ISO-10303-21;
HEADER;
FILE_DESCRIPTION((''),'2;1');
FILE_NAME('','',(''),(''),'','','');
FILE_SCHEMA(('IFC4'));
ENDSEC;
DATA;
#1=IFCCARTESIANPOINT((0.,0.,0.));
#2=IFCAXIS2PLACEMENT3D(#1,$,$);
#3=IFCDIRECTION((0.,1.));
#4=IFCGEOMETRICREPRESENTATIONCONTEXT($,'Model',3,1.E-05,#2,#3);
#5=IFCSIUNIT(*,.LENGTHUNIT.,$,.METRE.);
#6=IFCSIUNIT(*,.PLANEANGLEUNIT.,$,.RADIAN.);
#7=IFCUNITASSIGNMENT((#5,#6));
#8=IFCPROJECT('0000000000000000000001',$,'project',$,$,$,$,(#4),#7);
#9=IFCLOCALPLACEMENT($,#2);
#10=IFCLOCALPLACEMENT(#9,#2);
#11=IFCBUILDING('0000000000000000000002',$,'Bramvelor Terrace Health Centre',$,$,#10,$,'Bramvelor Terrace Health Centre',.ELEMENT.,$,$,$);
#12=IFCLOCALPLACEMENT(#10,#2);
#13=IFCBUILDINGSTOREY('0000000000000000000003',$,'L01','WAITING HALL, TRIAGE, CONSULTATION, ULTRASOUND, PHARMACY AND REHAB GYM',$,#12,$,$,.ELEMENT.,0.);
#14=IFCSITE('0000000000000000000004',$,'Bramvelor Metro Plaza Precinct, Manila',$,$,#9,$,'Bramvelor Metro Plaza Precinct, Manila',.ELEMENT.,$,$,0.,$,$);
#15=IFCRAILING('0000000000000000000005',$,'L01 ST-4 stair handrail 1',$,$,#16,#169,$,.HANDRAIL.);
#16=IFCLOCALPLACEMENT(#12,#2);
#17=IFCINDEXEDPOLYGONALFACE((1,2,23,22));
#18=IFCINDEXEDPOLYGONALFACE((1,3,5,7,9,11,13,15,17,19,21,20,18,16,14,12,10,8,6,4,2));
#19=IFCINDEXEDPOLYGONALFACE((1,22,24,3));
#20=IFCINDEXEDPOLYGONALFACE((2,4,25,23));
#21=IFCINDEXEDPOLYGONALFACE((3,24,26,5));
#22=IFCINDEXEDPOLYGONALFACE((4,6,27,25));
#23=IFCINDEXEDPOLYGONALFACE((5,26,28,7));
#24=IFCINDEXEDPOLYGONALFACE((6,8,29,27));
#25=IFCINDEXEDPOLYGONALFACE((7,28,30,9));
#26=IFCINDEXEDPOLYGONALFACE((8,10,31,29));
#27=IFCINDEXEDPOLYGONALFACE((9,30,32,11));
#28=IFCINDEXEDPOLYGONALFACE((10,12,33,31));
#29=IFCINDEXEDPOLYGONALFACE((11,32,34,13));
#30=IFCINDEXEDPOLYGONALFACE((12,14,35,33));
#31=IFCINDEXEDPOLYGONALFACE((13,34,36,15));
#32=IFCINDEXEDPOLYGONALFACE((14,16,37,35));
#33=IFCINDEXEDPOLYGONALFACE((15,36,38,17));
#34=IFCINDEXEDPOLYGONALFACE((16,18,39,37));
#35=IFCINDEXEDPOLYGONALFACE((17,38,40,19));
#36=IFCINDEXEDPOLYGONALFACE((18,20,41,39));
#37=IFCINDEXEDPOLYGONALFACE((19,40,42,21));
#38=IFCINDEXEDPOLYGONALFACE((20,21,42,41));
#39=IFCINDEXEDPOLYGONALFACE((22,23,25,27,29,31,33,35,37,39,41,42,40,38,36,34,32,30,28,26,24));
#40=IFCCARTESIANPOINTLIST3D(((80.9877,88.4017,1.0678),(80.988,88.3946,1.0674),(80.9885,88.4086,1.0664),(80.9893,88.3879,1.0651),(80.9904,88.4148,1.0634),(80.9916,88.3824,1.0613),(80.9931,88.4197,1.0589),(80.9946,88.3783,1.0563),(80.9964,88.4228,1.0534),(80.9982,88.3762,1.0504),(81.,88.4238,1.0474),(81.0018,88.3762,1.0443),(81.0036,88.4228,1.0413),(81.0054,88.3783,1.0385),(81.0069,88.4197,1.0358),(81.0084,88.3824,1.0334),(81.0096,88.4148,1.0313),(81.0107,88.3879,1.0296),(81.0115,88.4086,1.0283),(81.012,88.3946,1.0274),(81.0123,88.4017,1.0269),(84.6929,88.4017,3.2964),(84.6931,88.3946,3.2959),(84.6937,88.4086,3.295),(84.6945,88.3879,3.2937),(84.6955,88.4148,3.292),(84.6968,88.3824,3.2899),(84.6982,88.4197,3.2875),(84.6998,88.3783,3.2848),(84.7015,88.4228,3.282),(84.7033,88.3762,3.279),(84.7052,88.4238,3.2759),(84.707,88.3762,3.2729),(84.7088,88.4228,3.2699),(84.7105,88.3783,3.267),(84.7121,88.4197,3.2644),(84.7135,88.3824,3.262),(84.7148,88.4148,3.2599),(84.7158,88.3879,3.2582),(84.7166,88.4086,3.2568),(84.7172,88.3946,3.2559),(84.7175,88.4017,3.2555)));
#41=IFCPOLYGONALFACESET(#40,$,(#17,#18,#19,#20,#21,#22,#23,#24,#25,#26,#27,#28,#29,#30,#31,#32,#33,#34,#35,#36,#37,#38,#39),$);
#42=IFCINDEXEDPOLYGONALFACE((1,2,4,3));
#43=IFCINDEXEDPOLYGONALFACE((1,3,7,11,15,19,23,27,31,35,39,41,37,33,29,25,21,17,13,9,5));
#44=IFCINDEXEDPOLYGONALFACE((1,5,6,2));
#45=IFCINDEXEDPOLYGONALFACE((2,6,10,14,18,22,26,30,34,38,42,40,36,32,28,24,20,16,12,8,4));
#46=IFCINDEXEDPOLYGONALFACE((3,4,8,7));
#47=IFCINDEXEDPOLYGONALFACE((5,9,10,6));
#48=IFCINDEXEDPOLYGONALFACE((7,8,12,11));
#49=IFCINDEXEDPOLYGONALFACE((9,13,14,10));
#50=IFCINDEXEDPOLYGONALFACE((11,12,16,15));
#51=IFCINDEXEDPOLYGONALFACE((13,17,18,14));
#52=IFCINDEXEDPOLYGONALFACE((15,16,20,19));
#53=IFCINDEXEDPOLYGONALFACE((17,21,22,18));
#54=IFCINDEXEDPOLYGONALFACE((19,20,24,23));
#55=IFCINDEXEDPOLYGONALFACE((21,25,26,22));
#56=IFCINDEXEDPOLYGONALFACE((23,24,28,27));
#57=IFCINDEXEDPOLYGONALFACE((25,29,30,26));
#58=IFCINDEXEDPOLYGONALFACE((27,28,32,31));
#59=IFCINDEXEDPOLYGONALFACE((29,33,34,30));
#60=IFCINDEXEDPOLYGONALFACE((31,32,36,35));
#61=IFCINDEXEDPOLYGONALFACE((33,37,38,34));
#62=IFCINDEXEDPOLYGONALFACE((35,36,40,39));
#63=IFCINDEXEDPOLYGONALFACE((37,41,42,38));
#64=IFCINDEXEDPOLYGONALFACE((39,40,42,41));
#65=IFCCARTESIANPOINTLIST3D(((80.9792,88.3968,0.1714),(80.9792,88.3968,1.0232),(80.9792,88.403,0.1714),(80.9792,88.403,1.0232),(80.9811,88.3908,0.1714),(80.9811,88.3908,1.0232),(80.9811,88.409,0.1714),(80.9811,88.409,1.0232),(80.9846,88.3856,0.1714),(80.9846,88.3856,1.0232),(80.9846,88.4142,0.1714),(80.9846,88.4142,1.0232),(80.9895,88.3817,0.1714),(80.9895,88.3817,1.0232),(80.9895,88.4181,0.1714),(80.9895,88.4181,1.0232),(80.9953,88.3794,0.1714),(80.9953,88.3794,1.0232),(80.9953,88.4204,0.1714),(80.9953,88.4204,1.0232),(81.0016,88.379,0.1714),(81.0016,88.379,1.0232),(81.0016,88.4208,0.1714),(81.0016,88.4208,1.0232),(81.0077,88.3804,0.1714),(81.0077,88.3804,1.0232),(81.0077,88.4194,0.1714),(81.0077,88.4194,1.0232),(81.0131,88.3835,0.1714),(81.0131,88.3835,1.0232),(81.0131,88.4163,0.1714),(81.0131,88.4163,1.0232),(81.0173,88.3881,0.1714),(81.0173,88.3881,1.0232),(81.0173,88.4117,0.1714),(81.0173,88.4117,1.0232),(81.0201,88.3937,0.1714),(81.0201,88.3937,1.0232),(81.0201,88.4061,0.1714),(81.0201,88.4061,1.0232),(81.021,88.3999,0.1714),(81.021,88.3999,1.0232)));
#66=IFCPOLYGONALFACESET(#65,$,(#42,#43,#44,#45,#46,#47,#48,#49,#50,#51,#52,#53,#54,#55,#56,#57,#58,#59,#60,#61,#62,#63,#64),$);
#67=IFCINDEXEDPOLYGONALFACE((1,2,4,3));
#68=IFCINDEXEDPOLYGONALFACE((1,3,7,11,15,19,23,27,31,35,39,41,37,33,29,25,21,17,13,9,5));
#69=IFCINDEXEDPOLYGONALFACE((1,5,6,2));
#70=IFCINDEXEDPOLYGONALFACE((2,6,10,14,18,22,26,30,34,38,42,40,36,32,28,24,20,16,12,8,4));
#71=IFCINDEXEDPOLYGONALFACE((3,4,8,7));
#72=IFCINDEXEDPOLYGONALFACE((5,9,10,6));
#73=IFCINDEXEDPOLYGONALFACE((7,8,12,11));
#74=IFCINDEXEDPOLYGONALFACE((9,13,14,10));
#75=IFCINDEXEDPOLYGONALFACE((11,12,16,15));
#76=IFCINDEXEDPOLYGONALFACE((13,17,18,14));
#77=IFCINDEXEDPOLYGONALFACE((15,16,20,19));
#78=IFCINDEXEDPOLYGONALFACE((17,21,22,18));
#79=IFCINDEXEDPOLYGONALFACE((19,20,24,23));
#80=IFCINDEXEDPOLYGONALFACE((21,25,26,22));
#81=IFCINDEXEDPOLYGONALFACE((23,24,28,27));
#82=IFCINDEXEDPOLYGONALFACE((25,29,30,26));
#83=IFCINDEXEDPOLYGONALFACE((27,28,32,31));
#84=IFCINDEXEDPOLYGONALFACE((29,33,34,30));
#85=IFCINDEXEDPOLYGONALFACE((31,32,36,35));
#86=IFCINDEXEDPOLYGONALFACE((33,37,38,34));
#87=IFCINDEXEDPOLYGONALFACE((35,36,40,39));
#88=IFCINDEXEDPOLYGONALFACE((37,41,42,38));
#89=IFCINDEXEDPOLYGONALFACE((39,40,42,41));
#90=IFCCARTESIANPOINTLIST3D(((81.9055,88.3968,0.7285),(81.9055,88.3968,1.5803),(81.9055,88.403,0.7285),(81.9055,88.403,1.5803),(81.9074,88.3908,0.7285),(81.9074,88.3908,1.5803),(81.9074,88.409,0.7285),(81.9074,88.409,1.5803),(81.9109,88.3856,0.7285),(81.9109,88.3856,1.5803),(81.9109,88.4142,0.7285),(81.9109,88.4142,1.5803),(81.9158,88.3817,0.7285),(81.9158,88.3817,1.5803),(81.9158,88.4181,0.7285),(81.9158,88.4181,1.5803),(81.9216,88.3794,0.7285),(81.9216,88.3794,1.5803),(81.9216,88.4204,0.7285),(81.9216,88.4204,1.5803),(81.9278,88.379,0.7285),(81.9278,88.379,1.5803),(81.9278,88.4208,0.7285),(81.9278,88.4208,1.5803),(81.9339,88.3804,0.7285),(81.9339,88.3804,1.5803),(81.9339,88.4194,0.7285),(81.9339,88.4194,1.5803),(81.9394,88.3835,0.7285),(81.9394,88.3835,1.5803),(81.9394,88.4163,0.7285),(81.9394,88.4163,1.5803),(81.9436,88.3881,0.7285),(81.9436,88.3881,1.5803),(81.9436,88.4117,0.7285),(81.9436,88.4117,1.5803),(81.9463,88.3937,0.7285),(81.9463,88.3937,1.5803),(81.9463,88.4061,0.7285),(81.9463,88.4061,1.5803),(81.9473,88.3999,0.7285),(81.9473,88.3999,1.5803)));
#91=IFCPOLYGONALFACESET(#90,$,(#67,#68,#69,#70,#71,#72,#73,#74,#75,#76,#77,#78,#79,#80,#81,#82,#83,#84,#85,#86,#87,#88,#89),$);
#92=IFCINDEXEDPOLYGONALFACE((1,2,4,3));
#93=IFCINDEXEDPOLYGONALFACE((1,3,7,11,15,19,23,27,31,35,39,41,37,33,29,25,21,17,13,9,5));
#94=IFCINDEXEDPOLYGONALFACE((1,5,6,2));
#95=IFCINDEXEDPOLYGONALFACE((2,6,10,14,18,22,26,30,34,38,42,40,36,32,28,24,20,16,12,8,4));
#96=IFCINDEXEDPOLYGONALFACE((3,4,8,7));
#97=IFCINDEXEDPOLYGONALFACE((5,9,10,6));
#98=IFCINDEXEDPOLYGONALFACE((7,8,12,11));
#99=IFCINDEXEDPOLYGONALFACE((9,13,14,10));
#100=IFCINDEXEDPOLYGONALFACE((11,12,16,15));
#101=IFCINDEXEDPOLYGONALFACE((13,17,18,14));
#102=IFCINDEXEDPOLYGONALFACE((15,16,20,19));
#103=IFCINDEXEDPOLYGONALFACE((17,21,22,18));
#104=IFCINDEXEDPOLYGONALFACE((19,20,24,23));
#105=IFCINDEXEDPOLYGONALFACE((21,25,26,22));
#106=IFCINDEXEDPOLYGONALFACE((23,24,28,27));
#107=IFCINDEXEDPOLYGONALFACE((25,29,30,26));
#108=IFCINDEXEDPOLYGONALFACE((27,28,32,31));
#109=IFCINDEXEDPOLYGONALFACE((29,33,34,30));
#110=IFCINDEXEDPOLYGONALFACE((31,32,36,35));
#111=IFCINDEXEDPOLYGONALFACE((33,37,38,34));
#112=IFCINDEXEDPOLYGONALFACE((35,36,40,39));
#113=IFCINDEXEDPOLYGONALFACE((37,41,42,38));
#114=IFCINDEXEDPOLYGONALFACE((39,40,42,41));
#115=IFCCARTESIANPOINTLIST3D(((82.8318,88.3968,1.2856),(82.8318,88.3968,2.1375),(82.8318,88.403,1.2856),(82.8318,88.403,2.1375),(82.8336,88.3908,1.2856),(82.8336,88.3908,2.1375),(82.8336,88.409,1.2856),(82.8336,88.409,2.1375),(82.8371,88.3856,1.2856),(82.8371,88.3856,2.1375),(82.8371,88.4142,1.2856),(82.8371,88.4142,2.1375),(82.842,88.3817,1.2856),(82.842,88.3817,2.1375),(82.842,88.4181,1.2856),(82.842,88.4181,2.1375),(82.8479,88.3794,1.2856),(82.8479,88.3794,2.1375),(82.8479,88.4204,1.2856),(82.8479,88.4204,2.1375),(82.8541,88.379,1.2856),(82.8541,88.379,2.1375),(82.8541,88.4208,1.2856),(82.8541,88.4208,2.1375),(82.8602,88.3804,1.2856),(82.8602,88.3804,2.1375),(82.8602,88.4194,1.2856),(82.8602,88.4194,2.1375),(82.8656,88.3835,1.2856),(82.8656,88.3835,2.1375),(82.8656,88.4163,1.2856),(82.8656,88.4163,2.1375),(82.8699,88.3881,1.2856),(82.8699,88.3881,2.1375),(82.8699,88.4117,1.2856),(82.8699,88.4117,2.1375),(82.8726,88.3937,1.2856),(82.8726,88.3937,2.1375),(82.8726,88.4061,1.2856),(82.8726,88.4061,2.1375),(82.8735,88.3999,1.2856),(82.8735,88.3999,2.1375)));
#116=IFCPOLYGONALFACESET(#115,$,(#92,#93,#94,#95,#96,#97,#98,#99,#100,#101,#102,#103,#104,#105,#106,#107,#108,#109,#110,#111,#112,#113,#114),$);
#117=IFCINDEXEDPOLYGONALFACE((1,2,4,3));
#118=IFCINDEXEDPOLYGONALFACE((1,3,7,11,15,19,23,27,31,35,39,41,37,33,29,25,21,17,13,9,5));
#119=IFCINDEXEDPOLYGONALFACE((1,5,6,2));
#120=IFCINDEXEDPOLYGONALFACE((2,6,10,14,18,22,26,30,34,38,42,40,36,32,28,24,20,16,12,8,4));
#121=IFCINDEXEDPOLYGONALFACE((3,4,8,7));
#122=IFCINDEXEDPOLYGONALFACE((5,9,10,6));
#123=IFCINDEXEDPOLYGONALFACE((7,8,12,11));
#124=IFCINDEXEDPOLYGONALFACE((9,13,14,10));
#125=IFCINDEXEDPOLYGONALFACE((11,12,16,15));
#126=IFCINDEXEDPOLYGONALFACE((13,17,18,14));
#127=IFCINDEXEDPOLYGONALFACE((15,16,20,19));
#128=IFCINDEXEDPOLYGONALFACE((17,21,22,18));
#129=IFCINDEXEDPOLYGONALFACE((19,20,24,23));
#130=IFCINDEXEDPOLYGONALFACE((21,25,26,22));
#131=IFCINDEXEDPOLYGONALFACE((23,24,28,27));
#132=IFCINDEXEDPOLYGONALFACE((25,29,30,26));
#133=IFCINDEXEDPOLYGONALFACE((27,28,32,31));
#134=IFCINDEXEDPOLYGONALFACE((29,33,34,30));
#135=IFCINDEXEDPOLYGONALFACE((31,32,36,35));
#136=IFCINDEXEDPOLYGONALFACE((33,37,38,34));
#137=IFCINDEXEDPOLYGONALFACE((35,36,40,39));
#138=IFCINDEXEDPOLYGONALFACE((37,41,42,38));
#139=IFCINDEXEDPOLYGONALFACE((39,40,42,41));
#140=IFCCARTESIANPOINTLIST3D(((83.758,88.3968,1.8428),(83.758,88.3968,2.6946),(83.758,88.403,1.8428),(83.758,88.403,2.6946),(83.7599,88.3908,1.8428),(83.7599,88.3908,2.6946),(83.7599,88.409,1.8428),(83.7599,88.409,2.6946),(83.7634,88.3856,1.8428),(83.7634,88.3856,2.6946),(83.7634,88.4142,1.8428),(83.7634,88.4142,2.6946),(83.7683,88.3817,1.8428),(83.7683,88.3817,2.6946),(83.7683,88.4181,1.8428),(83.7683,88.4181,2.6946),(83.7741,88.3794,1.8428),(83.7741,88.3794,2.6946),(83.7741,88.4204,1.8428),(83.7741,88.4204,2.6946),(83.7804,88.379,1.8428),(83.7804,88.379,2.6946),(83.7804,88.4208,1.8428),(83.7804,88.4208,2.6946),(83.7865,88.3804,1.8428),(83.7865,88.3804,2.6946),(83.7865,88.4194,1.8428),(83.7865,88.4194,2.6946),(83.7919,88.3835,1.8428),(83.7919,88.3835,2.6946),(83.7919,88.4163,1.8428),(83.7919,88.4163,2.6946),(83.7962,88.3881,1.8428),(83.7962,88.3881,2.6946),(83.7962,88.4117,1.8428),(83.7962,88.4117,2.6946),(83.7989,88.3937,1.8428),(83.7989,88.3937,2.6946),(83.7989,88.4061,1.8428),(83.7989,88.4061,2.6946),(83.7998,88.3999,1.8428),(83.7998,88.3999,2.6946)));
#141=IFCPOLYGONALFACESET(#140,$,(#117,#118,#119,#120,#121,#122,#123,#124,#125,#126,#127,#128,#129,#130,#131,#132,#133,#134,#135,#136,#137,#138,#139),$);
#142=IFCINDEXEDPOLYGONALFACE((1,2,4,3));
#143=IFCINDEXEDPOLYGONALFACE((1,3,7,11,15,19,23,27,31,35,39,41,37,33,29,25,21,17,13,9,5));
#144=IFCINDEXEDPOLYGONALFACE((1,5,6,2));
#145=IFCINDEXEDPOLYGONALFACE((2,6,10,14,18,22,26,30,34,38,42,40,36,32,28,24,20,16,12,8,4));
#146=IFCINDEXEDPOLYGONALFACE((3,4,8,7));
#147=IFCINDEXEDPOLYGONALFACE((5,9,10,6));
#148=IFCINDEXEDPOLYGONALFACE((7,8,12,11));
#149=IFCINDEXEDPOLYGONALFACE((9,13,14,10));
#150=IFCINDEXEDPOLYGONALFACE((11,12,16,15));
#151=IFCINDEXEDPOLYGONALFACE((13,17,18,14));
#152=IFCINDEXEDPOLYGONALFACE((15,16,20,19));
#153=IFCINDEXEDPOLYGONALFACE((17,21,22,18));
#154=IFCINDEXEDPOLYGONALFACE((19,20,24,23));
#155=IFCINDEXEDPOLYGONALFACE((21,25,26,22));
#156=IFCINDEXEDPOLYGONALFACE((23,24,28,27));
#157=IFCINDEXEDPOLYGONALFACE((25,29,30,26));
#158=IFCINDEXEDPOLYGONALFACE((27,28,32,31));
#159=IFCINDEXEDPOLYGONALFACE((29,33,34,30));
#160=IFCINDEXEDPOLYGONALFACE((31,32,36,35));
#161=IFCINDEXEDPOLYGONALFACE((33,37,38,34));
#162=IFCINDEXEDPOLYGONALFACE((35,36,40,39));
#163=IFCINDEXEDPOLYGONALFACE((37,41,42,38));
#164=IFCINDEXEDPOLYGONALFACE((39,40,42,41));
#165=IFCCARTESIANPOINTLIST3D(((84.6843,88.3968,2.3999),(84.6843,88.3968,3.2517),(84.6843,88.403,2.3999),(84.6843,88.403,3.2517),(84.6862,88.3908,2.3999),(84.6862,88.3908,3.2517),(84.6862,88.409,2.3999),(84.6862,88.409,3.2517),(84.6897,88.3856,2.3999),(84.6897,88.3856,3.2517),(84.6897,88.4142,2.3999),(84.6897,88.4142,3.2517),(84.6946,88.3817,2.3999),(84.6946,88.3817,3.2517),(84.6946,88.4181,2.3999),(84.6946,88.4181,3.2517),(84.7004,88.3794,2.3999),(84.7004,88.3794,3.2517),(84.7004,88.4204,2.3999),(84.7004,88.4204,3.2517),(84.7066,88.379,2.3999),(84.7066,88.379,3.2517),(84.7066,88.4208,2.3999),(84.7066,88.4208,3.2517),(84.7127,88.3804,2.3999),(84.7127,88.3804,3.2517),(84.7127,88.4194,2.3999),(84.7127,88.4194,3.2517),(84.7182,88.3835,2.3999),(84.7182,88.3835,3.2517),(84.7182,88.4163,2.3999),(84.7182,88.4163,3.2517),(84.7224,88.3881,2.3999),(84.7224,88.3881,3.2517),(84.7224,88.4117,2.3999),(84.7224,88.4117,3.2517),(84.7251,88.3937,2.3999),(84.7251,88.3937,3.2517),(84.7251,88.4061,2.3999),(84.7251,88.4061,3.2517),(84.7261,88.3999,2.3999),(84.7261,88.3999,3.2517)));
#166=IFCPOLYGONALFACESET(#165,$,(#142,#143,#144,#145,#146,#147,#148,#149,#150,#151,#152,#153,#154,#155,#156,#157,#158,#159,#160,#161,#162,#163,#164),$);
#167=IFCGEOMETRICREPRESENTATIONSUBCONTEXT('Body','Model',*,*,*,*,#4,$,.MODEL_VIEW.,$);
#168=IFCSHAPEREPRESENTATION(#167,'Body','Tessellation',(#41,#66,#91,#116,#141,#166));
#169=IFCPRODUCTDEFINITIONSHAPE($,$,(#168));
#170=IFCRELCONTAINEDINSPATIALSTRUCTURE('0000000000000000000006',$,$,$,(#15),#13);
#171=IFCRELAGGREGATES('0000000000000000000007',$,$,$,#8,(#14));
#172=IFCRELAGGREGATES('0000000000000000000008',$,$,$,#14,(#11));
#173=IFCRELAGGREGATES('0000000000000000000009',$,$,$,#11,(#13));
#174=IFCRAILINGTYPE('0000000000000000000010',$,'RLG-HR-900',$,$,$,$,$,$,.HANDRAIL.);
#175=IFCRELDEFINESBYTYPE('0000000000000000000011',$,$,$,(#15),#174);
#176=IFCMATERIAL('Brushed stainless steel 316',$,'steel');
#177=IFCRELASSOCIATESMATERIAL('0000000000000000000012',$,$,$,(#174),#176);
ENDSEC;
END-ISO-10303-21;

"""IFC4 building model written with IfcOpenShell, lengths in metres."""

from ifc_helpers import new_model, si_unit, direction, frame, origin, origin_2d, place, context, subcontext, project, spatial, circle, extrude, material, type_object, element, save


model = new_model("IFC4")

# Units and contexts
model_context = context("Model", 3, precision=1e-05, world=origin(), true_north=direction((0.0, 1.0)))
body_context = subcontext(model_context, "Body", "Model", "MODEL_VIEW")
ifc_project = project(units=[si_unit("LENGTHUNIT", "METRE"), si_unit("PLANEANGLEUNIT", "RADIAN")], contexts=[model_context])

# Site, building, storey
site_placement = place(None, origin())
site = spatial("IfcSite", under=ifc_project, at=site_placement, Name="Bramvelor Metro Plaza Precinct, Manila", LongName="Bramvelor Metro Plaza Precinct, Manila", CompositionType="ELEMENT", RefElevation=0.0)
building_placement = place(site_placement, origin())
building = spatial("IfcBuilding", under=site, at=building_placement, Name="Bramvelor Terrace Health Centre", LongName="Bramvelor Terrace Health Centre", CompositionType="ELEMENT")
storey_placement = place(building_placement, origin())
storey = spatial("IfcBuildingStorey", under=building, at=storey_placement, Name="L01", Description="WAITING HALL, TRIAGE, CONSULTATION, ULTRASOUND, PHARMACY AND REHAB GYM", CompositionType="ELEMENT", Elevation=0.0)

# Railing
ifc_material_1 = material(Name="Brushed stainless steel 316", Category="steel")
railing_type_1 = type_object("IfcRailingType", Name="RLG-HR-900", PredefinedType="HANDRAIL", material=ifc_material_1)
railing_1_placement = place(storey_placement, frame((81.0, 88.3999, 0.1714)))
element("IfcRailing", 1, at=railing_1_placement, inside=storey, type_object=railing_type_1, Name="L01 ST-4 stair handrail 1", PredefinedType="HANDRAIL", context=body_context, shape_type="SweptSolid", body=[
    extrude(circle(Radius=0.0239, at=origin_2d()), frame((0.0, 0.0, 0.876), z_axis=(0.856934, 0.0, 0.515425), x_axis=(0.0, 1.0, 0.0)), (0.0, 0.0, 1.0), 4.3237),
    extrude(circle(Radius=0.021, at=origin_2d()), origin(), (0.0, 0.0, 1.0), 0.8518),
    extrude(circle(Radius=0.021, at=origin_2d()), frame((0.9263, 0.0, 0.5571)), (0.0, 0.0, 1.0), 0.8518),
    extrude(circle(Radius=0.021, at=origin_2d()), frame((1.8525, 0.0, 1.1143)), (0.0, 0.0, 1.0), 0.8518),
    extrude(circle(Radius=0.021, at=origin_2d()), frame((2.7788, 0.0, 1.6714)), (0.0, 0.0, 1.0), 0.8518),
    extrude(circle(Radius=0.021, at=origin_2d()), frame((3.7051, 0.0, 2.2285)), (0.0, 0.0, 1.0), 0.8518),
])

save(model, "model.ifc")
